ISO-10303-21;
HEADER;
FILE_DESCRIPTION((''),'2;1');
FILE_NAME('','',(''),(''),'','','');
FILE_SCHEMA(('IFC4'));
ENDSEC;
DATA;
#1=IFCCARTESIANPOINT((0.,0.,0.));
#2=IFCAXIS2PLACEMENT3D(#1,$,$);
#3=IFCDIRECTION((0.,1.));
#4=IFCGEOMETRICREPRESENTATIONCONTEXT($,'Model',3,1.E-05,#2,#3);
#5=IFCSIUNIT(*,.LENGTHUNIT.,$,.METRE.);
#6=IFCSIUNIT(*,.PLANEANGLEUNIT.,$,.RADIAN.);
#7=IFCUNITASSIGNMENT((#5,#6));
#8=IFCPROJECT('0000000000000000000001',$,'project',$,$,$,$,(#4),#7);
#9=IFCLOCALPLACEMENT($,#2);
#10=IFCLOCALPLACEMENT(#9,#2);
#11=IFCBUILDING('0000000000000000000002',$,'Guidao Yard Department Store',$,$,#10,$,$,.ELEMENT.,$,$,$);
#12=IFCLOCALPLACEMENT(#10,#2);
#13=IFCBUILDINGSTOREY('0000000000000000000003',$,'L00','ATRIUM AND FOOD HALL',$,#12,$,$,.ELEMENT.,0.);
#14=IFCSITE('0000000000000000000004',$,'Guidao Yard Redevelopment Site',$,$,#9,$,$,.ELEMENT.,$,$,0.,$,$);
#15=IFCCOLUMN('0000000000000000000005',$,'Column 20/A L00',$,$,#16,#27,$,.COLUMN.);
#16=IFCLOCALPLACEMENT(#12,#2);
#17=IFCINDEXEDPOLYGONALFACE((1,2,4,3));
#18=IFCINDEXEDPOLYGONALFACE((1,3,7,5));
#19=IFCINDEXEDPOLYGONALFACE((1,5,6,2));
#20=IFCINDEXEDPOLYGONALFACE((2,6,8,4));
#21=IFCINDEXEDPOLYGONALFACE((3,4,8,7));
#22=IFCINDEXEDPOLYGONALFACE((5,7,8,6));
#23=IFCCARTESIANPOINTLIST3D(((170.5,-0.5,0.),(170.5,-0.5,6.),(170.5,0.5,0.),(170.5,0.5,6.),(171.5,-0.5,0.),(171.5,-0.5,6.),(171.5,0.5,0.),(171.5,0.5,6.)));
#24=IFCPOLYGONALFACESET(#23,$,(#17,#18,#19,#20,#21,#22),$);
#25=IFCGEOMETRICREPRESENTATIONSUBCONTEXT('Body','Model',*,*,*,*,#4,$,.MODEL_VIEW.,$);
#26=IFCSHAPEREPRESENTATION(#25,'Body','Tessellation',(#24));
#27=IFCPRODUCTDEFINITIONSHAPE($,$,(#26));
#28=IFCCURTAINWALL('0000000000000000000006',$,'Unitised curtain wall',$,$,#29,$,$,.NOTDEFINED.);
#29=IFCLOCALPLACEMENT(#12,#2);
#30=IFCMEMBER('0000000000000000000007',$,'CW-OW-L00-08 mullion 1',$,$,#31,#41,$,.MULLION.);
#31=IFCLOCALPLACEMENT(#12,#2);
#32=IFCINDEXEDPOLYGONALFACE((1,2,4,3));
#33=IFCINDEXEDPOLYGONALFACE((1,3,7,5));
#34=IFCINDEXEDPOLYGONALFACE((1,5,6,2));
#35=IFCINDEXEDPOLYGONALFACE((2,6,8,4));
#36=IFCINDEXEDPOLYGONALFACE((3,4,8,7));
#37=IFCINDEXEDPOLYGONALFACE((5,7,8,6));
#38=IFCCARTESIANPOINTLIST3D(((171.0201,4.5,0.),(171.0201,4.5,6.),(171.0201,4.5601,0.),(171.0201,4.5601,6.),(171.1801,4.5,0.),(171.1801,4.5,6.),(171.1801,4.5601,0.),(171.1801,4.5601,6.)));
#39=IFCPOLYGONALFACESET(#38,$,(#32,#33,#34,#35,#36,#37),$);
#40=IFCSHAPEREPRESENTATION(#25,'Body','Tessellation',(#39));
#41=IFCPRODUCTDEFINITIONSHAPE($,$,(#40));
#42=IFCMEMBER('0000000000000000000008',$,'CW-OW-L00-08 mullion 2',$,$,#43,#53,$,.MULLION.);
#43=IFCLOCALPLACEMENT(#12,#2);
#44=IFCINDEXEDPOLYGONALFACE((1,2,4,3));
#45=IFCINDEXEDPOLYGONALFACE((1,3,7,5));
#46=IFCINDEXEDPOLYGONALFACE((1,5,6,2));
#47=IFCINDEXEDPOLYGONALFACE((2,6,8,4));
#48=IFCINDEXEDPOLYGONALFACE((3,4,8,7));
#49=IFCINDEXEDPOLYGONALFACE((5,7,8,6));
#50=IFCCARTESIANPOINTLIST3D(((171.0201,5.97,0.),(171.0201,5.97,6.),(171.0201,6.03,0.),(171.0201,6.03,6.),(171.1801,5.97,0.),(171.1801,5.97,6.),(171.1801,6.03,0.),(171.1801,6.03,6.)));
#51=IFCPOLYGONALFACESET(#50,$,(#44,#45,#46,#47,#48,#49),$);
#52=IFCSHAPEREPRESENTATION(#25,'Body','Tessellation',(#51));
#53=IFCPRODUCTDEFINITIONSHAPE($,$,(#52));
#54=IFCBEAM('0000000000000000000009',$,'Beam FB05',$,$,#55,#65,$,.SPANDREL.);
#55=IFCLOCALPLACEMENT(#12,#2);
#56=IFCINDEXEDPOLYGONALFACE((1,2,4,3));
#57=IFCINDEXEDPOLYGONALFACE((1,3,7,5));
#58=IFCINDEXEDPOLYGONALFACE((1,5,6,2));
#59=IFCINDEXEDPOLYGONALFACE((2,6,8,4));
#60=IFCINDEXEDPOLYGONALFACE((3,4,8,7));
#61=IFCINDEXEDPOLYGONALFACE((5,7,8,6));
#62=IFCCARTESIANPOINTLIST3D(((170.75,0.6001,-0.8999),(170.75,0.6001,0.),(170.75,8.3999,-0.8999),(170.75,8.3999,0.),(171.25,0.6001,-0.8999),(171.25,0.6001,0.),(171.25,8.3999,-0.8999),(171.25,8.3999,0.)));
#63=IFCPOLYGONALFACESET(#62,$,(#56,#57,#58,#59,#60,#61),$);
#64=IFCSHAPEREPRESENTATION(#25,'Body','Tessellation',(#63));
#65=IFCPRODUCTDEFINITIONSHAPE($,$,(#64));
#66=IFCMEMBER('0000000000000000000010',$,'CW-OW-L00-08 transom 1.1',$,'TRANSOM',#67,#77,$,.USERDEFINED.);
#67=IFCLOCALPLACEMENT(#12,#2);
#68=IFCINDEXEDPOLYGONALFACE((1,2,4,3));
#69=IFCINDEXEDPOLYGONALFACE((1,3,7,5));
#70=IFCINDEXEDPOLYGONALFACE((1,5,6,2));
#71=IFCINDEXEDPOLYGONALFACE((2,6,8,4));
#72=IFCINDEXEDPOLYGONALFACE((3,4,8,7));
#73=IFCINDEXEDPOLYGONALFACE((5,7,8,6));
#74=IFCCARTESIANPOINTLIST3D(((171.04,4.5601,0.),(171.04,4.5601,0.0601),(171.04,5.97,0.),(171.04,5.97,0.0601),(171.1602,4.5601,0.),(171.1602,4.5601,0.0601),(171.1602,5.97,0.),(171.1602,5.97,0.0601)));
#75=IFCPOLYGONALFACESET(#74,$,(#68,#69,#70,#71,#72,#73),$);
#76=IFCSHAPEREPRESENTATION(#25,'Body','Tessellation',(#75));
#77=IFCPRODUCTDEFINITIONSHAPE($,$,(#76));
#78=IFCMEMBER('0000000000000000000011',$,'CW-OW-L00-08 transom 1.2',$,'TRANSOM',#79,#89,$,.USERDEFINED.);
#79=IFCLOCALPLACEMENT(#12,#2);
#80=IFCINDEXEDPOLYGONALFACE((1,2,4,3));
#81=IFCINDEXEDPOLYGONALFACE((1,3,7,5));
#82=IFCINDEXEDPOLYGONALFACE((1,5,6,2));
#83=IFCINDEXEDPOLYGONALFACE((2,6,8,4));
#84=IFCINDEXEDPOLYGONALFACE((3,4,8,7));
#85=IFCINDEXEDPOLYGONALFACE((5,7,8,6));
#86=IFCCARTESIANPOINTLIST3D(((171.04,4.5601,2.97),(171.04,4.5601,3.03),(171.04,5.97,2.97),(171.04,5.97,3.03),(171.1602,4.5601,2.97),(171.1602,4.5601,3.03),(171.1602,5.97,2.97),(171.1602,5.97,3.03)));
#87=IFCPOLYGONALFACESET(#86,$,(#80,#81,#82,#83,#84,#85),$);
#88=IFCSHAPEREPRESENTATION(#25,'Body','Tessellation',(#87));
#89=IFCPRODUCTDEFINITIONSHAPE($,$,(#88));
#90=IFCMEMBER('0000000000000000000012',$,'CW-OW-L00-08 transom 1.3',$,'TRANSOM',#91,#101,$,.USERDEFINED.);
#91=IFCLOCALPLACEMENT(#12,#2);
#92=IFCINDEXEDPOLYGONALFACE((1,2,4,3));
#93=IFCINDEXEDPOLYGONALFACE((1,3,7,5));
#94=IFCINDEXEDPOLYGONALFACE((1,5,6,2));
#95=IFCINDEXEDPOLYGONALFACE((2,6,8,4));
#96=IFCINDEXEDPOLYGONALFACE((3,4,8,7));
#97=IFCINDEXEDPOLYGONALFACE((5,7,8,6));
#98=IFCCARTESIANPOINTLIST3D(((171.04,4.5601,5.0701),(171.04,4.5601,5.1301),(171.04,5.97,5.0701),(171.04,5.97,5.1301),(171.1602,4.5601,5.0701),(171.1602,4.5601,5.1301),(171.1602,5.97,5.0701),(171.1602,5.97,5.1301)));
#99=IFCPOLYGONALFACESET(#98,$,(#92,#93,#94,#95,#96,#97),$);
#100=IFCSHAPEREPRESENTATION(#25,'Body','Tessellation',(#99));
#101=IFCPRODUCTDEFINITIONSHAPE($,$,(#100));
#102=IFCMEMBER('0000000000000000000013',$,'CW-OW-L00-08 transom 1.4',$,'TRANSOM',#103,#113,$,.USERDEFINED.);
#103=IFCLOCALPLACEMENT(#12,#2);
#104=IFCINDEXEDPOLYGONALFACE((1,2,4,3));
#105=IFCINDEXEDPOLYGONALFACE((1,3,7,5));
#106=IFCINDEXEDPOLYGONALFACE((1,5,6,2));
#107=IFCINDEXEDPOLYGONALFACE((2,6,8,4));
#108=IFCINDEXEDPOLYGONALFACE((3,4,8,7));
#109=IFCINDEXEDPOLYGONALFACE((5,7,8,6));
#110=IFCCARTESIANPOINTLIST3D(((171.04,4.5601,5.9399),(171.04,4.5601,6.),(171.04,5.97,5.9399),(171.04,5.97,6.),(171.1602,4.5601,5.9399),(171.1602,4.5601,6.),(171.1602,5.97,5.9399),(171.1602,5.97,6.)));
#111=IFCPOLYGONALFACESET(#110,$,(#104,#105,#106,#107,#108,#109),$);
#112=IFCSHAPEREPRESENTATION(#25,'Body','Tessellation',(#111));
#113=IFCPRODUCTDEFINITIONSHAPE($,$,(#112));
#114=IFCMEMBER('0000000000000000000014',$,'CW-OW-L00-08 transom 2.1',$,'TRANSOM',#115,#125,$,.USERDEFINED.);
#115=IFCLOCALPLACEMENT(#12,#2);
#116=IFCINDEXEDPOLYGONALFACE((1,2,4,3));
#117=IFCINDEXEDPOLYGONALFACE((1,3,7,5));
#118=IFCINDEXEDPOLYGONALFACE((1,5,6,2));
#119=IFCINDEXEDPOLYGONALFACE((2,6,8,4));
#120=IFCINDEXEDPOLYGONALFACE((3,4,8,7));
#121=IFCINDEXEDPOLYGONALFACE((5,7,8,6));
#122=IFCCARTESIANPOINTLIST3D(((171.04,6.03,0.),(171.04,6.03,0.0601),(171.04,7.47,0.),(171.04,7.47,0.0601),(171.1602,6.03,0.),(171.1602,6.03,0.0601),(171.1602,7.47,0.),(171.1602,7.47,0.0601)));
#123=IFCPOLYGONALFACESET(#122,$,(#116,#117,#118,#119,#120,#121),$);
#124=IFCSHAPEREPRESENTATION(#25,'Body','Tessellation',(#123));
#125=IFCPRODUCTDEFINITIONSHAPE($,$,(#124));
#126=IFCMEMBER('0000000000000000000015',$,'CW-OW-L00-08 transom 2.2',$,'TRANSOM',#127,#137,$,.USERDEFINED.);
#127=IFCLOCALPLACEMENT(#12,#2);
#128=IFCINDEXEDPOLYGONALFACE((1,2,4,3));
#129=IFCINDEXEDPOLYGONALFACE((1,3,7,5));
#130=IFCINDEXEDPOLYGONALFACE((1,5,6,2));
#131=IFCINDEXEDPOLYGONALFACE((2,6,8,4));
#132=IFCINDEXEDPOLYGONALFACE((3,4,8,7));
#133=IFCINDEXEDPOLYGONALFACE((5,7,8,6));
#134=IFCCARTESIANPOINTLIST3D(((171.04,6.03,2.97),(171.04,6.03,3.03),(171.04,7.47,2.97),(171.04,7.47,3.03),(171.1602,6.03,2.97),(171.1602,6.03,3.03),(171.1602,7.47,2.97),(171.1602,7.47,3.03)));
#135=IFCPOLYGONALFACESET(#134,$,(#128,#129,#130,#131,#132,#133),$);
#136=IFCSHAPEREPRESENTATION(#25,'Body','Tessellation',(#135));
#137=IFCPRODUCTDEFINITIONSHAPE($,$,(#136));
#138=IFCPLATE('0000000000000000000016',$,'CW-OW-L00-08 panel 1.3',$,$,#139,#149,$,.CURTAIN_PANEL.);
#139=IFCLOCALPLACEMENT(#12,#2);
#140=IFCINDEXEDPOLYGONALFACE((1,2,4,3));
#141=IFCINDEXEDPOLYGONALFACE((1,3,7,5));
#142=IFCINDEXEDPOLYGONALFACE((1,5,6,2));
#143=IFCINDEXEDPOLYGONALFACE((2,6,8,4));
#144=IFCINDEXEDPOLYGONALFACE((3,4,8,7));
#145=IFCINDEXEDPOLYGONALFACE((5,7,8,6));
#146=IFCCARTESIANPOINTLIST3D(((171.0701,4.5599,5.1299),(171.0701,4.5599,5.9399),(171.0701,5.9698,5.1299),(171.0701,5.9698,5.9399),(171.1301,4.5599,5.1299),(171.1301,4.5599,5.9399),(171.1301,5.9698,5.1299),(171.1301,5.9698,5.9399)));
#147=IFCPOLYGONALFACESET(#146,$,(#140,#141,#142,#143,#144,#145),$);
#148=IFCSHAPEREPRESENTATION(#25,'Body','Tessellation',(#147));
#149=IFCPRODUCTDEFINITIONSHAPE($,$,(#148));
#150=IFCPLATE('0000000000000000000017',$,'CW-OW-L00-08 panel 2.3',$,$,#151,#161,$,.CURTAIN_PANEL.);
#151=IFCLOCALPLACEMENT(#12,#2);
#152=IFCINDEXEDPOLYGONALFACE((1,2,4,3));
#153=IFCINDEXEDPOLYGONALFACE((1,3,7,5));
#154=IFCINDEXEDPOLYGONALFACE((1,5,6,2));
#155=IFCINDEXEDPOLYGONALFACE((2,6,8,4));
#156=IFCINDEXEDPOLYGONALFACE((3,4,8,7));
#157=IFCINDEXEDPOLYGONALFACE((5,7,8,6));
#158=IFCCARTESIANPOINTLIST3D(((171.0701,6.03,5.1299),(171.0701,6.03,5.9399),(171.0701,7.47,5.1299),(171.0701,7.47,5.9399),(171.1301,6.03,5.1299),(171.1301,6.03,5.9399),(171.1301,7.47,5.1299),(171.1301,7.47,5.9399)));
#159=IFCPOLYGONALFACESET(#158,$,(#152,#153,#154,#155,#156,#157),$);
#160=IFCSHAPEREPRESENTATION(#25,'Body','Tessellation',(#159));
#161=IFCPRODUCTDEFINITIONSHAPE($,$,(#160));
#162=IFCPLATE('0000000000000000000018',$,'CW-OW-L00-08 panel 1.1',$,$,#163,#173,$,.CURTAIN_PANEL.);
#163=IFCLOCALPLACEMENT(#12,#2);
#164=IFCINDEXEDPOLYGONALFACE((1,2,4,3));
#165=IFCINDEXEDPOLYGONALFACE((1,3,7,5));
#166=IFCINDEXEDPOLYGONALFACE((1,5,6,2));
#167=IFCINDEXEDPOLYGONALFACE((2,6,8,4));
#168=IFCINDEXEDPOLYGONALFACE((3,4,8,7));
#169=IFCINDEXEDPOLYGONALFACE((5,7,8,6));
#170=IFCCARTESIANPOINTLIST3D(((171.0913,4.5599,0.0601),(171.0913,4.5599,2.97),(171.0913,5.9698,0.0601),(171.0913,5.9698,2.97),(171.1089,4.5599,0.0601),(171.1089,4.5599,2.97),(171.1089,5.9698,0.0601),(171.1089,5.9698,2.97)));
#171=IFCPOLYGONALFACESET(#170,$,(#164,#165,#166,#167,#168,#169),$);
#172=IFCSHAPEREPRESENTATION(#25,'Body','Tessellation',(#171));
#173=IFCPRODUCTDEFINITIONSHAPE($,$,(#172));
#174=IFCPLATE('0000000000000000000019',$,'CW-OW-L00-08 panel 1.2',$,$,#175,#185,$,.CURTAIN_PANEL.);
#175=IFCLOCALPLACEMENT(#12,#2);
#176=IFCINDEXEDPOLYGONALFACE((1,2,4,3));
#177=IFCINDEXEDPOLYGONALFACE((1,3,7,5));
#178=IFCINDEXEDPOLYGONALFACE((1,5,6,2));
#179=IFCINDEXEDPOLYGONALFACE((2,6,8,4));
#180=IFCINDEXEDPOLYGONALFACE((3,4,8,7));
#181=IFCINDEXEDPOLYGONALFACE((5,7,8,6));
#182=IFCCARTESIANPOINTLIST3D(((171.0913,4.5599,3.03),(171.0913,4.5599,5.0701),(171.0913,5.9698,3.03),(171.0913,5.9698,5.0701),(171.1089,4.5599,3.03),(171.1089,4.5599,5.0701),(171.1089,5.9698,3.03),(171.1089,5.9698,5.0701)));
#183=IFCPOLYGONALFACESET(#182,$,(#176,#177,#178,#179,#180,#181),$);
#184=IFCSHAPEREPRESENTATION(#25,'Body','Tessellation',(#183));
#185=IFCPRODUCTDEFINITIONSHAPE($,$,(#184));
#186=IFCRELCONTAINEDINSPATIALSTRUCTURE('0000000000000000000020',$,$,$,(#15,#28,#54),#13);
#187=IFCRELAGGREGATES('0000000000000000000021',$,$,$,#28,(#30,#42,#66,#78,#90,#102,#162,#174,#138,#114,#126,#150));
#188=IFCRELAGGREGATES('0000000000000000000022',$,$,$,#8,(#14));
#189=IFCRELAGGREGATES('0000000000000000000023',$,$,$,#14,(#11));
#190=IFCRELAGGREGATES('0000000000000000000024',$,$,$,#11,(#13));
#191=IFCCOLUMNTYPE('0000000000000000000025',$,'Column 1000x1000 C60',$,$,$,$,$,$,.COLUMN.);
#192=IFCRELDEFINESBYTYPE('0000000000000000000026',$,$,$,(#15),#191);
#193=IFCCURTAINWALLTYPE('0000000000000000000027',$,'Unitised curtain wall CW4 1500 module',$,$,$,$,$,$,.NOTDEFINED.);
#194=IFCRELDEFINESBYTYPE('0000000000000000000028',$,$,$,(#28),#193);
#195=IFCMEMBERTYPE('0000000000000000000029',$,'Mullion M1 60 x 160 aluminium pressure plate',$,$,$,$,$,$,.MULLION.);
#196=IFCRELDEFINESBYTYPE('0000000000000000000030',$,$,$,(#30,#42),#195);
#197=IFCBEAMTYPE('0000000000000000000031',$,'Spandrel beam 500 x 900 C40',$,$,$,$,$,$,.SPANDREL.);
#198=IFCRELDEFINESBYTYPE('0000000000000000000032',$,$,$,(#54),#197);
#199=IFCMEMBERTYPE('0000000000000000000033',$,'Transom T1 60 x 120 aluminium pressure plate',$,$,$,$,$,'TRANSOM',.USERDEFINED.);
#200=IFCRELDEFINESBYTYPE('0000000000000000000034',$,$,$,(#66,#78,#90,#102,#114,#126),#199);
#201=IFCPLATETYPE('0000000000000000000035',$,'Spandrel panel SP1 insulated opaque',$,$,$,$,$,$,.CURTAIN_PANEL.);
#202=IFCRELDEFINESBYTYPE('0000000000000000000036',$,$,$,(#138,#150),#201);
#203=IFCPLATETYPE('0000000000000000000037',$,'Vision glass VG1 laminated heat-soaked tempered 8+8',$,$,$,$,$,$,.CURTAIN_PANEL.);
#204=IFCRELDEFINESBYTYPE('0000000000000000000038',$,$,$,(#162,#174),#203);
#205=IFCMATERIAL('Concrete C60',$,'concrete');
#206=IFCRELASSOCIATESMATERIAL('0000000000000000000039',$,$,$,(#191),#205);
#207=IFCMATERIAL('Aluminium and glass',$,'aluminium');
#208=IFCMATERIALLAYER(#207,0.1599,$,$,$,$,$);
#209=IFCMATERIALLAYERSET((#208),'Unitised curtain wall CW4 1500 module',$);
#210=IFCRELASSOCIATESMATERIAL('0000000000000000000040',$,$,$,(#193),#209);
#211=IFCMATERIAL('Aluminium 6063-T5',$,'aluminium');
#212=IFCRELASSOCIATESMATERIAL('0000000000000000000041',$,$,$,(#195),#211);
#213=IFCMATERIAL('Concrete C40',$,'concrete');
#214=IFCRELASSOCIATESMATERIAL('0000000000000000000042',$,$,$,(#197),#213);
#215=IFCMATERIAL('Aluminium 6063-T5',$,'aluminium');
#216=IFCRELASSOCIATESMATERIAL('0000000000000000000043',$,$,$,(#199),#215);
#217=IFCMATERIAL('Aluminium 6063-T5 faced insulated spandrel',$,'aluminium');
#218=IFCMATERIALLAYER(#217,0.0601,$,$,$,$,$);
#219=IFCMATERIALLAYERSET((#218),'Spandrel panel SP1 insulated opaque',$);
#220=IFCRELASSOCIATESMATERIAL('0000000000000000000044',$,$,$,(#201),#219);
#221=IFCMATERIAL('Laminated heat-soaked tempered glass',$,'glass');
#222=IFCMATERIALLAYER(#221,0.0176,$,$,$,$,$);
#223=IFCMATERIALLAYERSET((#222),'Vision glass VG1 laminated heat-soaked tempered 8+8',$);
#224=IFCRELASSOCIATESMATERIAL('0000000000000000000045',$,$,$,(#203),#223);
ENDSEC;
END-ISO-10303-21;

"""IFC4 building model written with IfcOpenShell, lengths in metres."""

from ifc_helpers import new_model, si_unit, direction, frame, origin, origin_2d, place, context, subcontext, project, spatial, rectangle, extrude, material, layer, layer_set, material_profile, profile_set, type_object, element, aggregate, save


model = new_model("IFC4")

# Units and contexts
model_context = context("Model", 3, precision=1e-05, world=origin(), true_north=direction((0.0, 1.0)))
body_context = subcontext(model_context, "Body", "Model", "MODEL_VIEW")
ifc_project = project(units=[si_unit("LENGTHUNIT", "METRE"), si_unit("PLANEANGLEUNIT", "RADIAN")], contexts=[model_context])

# Site, building, storey
site_placement = place(None, origin())
site = spatial("IfcSite", under=ifc_project, at=site_placement, Name="Guidao Yard Redevelopment Site", CompositionType="ELEMENT", RefElevation=0.0)
building_placement = place(site_placement, origin())
building = spatial("IfcBuilding", under=site, at=building_placement, Name="Guidao Yard Department Store", CompositionType="ELEMENT")
storey_placement = place(building_placement, origin())
storey = spatial("IfcBuildingStorey", under=building, at=storey_placement, Name="L00", Description="ATRIUM AND FOOD HALL", CompositionType="ELEMENT", Elevation=0.0)

# Column
ifc_material_1 = material(Name="Concrete C60", Category="concrete")
ifc_material_profile_1 = material_profile(ifc_material_1, rectangle(XDim=1.0, YDim=1.0, at=origin_2d()), Name="COL 1000x1000")
ifc_profile_set_1 = profile_set([ifc_material_profile_1], Name="Concrete C60")
column_type = type_object("IfcColumnType", Name="Column 1000x1000 C60", PredefinedType="COLUMN", material=ifc_profile_set_1)
column_placement = place(storey_placement, frame((171.0, 0.0, 0.0), z_axis=(0.0, 0.0, 1.0), x_axis=(1.0, 0.0, 0.0)))
element("IfcColumn", 1, at=column_placement, inside=storey, type_object=column_type, Name="Column 20/A L00", PredefinedType="COLUMN", context=body_context, shape_type="SweptSolid", body=[
    extrude(rectangle(XDim=1.0, YDim=1.0, at=origin_2d()), origin(), (0.0, 0.0, 1.0), 6.0),
])

# Curtain wall, members
ifc_material_2 = material(Name="Aluminium and glass", Category="aluminium")
ifc_layer_1 = layer(ifc_material_2, 0.1599)
ifc_layer_set_1 = layer_set([ifc_layer_1], Name="Unitised curtain wall CW4 1500 module")
curtain_wall_type = type_object("IfcCurtainWallType", Name="Unitised curtain wall CW4 1500 module", PredefinedType="NOTDEFINED", material=ifc_layer_set_1)
curtain_wall_placement = place(storey_placement, origin())
curtain_wall = element("IfcCurtainWall", 2, at=curtain_wall_placement, inside=storey, type_object=curtain_wall_type, Name="Unitised curtain wall", PredefinedType="NOTDEFINED")
ifc_material_3 = material(Name="Aluminium 6063-T5", Category="aluminium")
ifc_material_profile_2 = material_profile(ifc_material_3, rectangle(XDim=0.0601, YDim=0.1599, at=origin_2d()), Name="Mullion M1 60 x 160 aluminium pressure plate")
ifc_profile_set_2 = profile_set([ifc_material_profile_2], Name="Aluminium 6063-T5")
member_type_1 = type_object("IfcMemberType", Name="Mullion M1 60 x 160 aluminium pressure plate", PredefinedType="MULLION", material=ifc_profile_set_2)
member_1_placement = place(storey_placement, frame((171.1001, 4.53, 0.0), z_axis=(0.0, 0.0, 1.0), x_axis=(0.0, -1.0, 0.0)))
member_1 = element("IfcMember", 3, at=member_1_placement, type_object=member_type_1, Name="CW-OW-L00-08 mullion 1", PredefinedType="MULLION", context=body_context, shape_type="SweptSolid", body=[
    extrude(rectangle(XDim=0.0601, YDim=0.1599, at=origin_2d()), origin(), (0.0, 0.0, 1.0), 6.0),
])
member_2_placement = place(storey_placement, frame((171.1001, 6.0, 0.0), z_axis=(0.0, 0.0, 1.0), x_axis=(0.0, -1.0, 0.0)))
member_2 = element("IfcMember", 4, at=member_2_placement, type_object=member_type_1, Name="CW-OW-L00-08 mullion 2", PredefinedType="MULLION", context=body_context, shape_type="SweptSolid", body=[
    extrude(rectangle(XDim=0.0601, YDim=0.1599, at=origin_2d()), origin(), (0.0, 0.0, 1.0), 6.0),
])

# Beam
ifc_material_4 = material(Name="Concrete C40", Category="concrete")
ifc_material_profile_3 = material_profile(ifc_material_4, rectangle(XDim=0.5, YDim=0.8999, at=origin_2d()), Name="Spandrel beam 500 x 900 C40")
ifc_profile_set_3 = profile_set([ifc_material_profile_3], Name="Concrete C40")
beam_type = type_object("IfcBeamType", Name="Spandrel beam 500 x 900 C40", PredefinedType="SPANDREL", material=ifc_profile_set_3)
beam_placement = place(storey_placement, frame((171.0, 0.6001, -0.45), z_axis=(0.0, 1.0, 0.0), x_axis=(-1.0, 0.0, 0.0)))
element("IfcBeam", 5, at=beam_placement, inside=storey, type_object=beam_type, Name="Beam FB05", PredefinedType="SPANDREL", context=body_context, shape_type="SweptSolid", body=[
    extrude(rectangle(XDim=0.5, YDim=0.8999, at=origin_2d()), origin(), (0.0, 0.0, 1.0), 7.7998),
])

# Members
ifc_material_5 = material(Name="Aluminium 6063-T5", Category="aluminium")
ifc_material_profile_4 = material_profile(ifc_material_5, rectangle(XDim=0.1201, YDim=0.0601, at=origin_2d()), Name="Transom T1 60 x 120 aluminium pressure plate")
ifc_profile_set_4 = profile_set([ifc_material_profile_4], Name="Aluminium 6063-T5")
member_type_2 = type_object("IfcMemberType", Name="Transom T1 60 x 120 aluminium pressure plate", ElementType="TRANSOM", PredefinedType="USERDEFINED", material=ifc_profile_set_4)
member_3_placement = place(storey_placement, frame((171.1001, 5.97, 0.03), z_axis=(0.0, -1.0, 0.0), x_axis=(1.0, 0.0, 0.0)))
member_3 = element("IfcMember", 6, at=member_3_placement, type_object=member_type_2, Name="CW-OW-L00-08 transom 1.1", ObjectType="TRANSOM", PredefinedType="USERDEFINED", context=body_context, shape_type="SweptSolid", body=[
    extrude(rectangle(XDim=0.1201, YDim=0.0601, at=origin_2d()), origin(), (0.0, 0.0, 1.0), 1.4099),
])
member_4_placement = place(storey_placement, frame((171.1001, 5.97, 3.0), z_axis=(0.0, -1.0, 0.0), x_axis=(1.0, 0.0, 0.0)))
member_4 = element("IfcMember", 7, at=member_4_placement, type_object=member_type_2, Name="CW-OW-L00-08 transom 1.2", ObjectType="TRANSOM", PredefinedType="USERDEFINED", context=body_context, shape_type="SweptSolid", body=[
    extrude(rectangle(XDim=0.1201, YDim=0.0601, at=origin_2d()), origin(), (0.0, 0.0, 1.0), 1.4099),
])
member_5_placement = place(storey_placement, frame((171.1001, 5.97, 5.1001), z_axis=(0.0, -1.0, 0.0), x_axis=(1.0, 0.0, 0.0)))
member_5 = element("IfcMember", 8, at=member_5_placement, type_object=member_type_2, Name="CW-OW-L00-08 transom 1.3", ObjectType="TRANSOM", PredefinedType="USERDEFINED", context=body_context, shape_type="SweptSolid", body=[
    extrude(rectangle(XDim=0.1201, YDim=0.0601, at=origin_2d()), origin(), (0.0, 0.0, 1.0), 1.4099),
])
member_6_placement = place(storey_placement, frame((171.1001, 5.97, 5.97), z_axis=(0.0, -1.0, 0.0), x_axis=(1.0, 0.0, 0.0)))
member_6 = element("IfcMember", 9, at=member_6_placement, type_object=member_type_2, Name="CW-OW-L00-08 transom 1.4", ObjectType="TRANSOM", PredefinedType="USERDEFINED", context=body_context, shape_type="SweptSolid", body=[
    extrude(rectangle(XDim=0.1201, YDim=0.0601, at=origin_2d()), origin(), (0.0, 0.0, 1.0), 1.4099),
])
member_7_placement = place(storey_placement, frame((171.1001, 7.47, 0.03), z_axis=(0.0, -1.0, 0.0), x_axis=(1.0, 0.0, 0.0)))
member_7 = element("IfcMember", 10, at=member_7_placement, type_object=member_type_2, Name="CW-OW-L00-08 transom 2.1", ObjectType="TRANSOM", PredefinedType="USERDEFINED", context=body_context, shape_type="SweptSolid", body=[
    extrude(rectangle(XDim=0.1201, YDim=0.0601, at=origin_2d()), origin(), (0.0, 0.0, 1.0), 1.4399),
])
member_8_placement = place(storey_placement, frame((171.1001, 7.47, 3.0), z_axis=(0.0, -1.0, 0.0), x_axis=(1.0, 0.0, 0.0)))
member_8 = element("IfcMember", 11, at=member_8_placement, type_object=member_type_2, Name="CW-OW-L00-08 transom 2.2", ObjectType="TRANSOM", PredefinedType="USERDEFINED", context=body_context, shape_type="SweptSolid", body=[
    extrude(rectangle(XDim=0.1201, YDim=0.0601, at=origin_2d()), origin(), (0.0, 0.0, 1.0), 1.4399),
])

# Plates
ifc_material_6 = material(Name="Aluminium 6063-T5 faced insulated spandrel", Category="aluminium")
ifc_layer_2 = layer(ifc_material_6, 0.0601)
ifc_layer_set_2 = layer_set([ifc_layer_2], Name="Spandrel panel SP1 insulated opaque")
plate_type_1 = type_object("IfcPlateType", Name="Spandrel panel SP1 insulated opaque", PredefinedType="CURTAIN_PANEL", material=ifc_layer_set_2)
plate_1_placement = place(storey_placement, frame((171.1001, 5.2649, 5.1299), z_axis=(0.0, 0.0, 1.0), x_axis=(0.0, -1.0, 0.0)))
plate_1 = element("IfcPlate", 12, at=plate_1_placement, type_object=plate_type_1, Name="CW-OW-L00-08 panel 1.3", PredefinedType="CURTAIN_PANEL", context=body_context, shape_type="SweptSolid", body=[
    extrude(rectangle(XDim=1.4099, YDim=0.0601, at=origin_2d()), origin(), (0.0, 0.0, 1.0), 0.8101),
])
plate_2_placement = place(storey_placement, frame((171.1001, 6.75, 5.1299), z_axis=(0.0, 0.0, 1.0), x_axis=(0.0, -1.0, 0.0)))
plate_2 = element("IfcPlate", 13, at=plate_2_placement, type_object=plate_type_1, Name="CW-OW-L00-08 panel 2.3", PredefinedType="CURTAIN_PANEL", context=body_context, shape_type="SweptSolid", body=[
    extrude(rectangle(XDim=1.4399, YDim=0.0601, at=origin_2d()), origin(), (0.0, 0.0, 1.0), 0.8101),
])
ifc_material_7 = material(Name="Laminated heat-soaked tempered glass", Category="glass")
ifc_layer_3 = layer(ifc_material_7, 0.0176)
ifc_layer_set_3 = layer_set([ifc_layer_3], Name="Vision glass VG1 laminated heat-soaked tempered 8+8")
plate_type_2 = type_object("IfcPlateType", Name="Vision glass VG1 laminated heat-soaked tempered 8+8", PredefinedType="CURTAIN_PANEL", material=ifc_layer_set_3)
plate_3_placement = place(storey_placement, frame((171.1001, 5.2649, 0.0601), z_axis=(0.0, 0.0, 1.0), x_axis=(0.0, -1.0, 0.0)))
plate_3 = element("IfcPlate", 14, at=plate_3_placement, type_object=plate_type_2, Name="CW-OW-L00-08 panel 1.1", PredefinedType="CURTAIN_PANEL", context=body_context, shape_type="SweptSolid", body=[
    extrude(rectangle(XDim=1.4099, YDim=0.0176, at=origin_2d()), origin(), (0.0, 0.0, 1.0), 2.9099),
])
plate_4_placement = place(storey_placement, frame((171.1001, 5.2649, 3.03), z_axis=(0.0, 0.0, 1.0), x_axis=(0.0, -1.0, 0.0)))
plate_4 = element("IfcPlate", 15, at=plate_4_placement, type_object=plate_type_2, Name="CW-OW-L00-08 panel 1.2", PredefinedType="CURTAIN_PANEL", context=body_context, shape_type="SweptSolid", body=[
    extrude(rectangle(XDim=1.4099, YDim=0.0176, at=origin_2d()), origin(), (0.0, 0.0, 1.0), 2.04),
])
aggregate(curtain_wall, [member_1, member_2, member_3, member_4, member_5, member_6, plate_3, plate_4, plate_1, member_7, member_8, plate_2])

save(model, "model.ifc")
